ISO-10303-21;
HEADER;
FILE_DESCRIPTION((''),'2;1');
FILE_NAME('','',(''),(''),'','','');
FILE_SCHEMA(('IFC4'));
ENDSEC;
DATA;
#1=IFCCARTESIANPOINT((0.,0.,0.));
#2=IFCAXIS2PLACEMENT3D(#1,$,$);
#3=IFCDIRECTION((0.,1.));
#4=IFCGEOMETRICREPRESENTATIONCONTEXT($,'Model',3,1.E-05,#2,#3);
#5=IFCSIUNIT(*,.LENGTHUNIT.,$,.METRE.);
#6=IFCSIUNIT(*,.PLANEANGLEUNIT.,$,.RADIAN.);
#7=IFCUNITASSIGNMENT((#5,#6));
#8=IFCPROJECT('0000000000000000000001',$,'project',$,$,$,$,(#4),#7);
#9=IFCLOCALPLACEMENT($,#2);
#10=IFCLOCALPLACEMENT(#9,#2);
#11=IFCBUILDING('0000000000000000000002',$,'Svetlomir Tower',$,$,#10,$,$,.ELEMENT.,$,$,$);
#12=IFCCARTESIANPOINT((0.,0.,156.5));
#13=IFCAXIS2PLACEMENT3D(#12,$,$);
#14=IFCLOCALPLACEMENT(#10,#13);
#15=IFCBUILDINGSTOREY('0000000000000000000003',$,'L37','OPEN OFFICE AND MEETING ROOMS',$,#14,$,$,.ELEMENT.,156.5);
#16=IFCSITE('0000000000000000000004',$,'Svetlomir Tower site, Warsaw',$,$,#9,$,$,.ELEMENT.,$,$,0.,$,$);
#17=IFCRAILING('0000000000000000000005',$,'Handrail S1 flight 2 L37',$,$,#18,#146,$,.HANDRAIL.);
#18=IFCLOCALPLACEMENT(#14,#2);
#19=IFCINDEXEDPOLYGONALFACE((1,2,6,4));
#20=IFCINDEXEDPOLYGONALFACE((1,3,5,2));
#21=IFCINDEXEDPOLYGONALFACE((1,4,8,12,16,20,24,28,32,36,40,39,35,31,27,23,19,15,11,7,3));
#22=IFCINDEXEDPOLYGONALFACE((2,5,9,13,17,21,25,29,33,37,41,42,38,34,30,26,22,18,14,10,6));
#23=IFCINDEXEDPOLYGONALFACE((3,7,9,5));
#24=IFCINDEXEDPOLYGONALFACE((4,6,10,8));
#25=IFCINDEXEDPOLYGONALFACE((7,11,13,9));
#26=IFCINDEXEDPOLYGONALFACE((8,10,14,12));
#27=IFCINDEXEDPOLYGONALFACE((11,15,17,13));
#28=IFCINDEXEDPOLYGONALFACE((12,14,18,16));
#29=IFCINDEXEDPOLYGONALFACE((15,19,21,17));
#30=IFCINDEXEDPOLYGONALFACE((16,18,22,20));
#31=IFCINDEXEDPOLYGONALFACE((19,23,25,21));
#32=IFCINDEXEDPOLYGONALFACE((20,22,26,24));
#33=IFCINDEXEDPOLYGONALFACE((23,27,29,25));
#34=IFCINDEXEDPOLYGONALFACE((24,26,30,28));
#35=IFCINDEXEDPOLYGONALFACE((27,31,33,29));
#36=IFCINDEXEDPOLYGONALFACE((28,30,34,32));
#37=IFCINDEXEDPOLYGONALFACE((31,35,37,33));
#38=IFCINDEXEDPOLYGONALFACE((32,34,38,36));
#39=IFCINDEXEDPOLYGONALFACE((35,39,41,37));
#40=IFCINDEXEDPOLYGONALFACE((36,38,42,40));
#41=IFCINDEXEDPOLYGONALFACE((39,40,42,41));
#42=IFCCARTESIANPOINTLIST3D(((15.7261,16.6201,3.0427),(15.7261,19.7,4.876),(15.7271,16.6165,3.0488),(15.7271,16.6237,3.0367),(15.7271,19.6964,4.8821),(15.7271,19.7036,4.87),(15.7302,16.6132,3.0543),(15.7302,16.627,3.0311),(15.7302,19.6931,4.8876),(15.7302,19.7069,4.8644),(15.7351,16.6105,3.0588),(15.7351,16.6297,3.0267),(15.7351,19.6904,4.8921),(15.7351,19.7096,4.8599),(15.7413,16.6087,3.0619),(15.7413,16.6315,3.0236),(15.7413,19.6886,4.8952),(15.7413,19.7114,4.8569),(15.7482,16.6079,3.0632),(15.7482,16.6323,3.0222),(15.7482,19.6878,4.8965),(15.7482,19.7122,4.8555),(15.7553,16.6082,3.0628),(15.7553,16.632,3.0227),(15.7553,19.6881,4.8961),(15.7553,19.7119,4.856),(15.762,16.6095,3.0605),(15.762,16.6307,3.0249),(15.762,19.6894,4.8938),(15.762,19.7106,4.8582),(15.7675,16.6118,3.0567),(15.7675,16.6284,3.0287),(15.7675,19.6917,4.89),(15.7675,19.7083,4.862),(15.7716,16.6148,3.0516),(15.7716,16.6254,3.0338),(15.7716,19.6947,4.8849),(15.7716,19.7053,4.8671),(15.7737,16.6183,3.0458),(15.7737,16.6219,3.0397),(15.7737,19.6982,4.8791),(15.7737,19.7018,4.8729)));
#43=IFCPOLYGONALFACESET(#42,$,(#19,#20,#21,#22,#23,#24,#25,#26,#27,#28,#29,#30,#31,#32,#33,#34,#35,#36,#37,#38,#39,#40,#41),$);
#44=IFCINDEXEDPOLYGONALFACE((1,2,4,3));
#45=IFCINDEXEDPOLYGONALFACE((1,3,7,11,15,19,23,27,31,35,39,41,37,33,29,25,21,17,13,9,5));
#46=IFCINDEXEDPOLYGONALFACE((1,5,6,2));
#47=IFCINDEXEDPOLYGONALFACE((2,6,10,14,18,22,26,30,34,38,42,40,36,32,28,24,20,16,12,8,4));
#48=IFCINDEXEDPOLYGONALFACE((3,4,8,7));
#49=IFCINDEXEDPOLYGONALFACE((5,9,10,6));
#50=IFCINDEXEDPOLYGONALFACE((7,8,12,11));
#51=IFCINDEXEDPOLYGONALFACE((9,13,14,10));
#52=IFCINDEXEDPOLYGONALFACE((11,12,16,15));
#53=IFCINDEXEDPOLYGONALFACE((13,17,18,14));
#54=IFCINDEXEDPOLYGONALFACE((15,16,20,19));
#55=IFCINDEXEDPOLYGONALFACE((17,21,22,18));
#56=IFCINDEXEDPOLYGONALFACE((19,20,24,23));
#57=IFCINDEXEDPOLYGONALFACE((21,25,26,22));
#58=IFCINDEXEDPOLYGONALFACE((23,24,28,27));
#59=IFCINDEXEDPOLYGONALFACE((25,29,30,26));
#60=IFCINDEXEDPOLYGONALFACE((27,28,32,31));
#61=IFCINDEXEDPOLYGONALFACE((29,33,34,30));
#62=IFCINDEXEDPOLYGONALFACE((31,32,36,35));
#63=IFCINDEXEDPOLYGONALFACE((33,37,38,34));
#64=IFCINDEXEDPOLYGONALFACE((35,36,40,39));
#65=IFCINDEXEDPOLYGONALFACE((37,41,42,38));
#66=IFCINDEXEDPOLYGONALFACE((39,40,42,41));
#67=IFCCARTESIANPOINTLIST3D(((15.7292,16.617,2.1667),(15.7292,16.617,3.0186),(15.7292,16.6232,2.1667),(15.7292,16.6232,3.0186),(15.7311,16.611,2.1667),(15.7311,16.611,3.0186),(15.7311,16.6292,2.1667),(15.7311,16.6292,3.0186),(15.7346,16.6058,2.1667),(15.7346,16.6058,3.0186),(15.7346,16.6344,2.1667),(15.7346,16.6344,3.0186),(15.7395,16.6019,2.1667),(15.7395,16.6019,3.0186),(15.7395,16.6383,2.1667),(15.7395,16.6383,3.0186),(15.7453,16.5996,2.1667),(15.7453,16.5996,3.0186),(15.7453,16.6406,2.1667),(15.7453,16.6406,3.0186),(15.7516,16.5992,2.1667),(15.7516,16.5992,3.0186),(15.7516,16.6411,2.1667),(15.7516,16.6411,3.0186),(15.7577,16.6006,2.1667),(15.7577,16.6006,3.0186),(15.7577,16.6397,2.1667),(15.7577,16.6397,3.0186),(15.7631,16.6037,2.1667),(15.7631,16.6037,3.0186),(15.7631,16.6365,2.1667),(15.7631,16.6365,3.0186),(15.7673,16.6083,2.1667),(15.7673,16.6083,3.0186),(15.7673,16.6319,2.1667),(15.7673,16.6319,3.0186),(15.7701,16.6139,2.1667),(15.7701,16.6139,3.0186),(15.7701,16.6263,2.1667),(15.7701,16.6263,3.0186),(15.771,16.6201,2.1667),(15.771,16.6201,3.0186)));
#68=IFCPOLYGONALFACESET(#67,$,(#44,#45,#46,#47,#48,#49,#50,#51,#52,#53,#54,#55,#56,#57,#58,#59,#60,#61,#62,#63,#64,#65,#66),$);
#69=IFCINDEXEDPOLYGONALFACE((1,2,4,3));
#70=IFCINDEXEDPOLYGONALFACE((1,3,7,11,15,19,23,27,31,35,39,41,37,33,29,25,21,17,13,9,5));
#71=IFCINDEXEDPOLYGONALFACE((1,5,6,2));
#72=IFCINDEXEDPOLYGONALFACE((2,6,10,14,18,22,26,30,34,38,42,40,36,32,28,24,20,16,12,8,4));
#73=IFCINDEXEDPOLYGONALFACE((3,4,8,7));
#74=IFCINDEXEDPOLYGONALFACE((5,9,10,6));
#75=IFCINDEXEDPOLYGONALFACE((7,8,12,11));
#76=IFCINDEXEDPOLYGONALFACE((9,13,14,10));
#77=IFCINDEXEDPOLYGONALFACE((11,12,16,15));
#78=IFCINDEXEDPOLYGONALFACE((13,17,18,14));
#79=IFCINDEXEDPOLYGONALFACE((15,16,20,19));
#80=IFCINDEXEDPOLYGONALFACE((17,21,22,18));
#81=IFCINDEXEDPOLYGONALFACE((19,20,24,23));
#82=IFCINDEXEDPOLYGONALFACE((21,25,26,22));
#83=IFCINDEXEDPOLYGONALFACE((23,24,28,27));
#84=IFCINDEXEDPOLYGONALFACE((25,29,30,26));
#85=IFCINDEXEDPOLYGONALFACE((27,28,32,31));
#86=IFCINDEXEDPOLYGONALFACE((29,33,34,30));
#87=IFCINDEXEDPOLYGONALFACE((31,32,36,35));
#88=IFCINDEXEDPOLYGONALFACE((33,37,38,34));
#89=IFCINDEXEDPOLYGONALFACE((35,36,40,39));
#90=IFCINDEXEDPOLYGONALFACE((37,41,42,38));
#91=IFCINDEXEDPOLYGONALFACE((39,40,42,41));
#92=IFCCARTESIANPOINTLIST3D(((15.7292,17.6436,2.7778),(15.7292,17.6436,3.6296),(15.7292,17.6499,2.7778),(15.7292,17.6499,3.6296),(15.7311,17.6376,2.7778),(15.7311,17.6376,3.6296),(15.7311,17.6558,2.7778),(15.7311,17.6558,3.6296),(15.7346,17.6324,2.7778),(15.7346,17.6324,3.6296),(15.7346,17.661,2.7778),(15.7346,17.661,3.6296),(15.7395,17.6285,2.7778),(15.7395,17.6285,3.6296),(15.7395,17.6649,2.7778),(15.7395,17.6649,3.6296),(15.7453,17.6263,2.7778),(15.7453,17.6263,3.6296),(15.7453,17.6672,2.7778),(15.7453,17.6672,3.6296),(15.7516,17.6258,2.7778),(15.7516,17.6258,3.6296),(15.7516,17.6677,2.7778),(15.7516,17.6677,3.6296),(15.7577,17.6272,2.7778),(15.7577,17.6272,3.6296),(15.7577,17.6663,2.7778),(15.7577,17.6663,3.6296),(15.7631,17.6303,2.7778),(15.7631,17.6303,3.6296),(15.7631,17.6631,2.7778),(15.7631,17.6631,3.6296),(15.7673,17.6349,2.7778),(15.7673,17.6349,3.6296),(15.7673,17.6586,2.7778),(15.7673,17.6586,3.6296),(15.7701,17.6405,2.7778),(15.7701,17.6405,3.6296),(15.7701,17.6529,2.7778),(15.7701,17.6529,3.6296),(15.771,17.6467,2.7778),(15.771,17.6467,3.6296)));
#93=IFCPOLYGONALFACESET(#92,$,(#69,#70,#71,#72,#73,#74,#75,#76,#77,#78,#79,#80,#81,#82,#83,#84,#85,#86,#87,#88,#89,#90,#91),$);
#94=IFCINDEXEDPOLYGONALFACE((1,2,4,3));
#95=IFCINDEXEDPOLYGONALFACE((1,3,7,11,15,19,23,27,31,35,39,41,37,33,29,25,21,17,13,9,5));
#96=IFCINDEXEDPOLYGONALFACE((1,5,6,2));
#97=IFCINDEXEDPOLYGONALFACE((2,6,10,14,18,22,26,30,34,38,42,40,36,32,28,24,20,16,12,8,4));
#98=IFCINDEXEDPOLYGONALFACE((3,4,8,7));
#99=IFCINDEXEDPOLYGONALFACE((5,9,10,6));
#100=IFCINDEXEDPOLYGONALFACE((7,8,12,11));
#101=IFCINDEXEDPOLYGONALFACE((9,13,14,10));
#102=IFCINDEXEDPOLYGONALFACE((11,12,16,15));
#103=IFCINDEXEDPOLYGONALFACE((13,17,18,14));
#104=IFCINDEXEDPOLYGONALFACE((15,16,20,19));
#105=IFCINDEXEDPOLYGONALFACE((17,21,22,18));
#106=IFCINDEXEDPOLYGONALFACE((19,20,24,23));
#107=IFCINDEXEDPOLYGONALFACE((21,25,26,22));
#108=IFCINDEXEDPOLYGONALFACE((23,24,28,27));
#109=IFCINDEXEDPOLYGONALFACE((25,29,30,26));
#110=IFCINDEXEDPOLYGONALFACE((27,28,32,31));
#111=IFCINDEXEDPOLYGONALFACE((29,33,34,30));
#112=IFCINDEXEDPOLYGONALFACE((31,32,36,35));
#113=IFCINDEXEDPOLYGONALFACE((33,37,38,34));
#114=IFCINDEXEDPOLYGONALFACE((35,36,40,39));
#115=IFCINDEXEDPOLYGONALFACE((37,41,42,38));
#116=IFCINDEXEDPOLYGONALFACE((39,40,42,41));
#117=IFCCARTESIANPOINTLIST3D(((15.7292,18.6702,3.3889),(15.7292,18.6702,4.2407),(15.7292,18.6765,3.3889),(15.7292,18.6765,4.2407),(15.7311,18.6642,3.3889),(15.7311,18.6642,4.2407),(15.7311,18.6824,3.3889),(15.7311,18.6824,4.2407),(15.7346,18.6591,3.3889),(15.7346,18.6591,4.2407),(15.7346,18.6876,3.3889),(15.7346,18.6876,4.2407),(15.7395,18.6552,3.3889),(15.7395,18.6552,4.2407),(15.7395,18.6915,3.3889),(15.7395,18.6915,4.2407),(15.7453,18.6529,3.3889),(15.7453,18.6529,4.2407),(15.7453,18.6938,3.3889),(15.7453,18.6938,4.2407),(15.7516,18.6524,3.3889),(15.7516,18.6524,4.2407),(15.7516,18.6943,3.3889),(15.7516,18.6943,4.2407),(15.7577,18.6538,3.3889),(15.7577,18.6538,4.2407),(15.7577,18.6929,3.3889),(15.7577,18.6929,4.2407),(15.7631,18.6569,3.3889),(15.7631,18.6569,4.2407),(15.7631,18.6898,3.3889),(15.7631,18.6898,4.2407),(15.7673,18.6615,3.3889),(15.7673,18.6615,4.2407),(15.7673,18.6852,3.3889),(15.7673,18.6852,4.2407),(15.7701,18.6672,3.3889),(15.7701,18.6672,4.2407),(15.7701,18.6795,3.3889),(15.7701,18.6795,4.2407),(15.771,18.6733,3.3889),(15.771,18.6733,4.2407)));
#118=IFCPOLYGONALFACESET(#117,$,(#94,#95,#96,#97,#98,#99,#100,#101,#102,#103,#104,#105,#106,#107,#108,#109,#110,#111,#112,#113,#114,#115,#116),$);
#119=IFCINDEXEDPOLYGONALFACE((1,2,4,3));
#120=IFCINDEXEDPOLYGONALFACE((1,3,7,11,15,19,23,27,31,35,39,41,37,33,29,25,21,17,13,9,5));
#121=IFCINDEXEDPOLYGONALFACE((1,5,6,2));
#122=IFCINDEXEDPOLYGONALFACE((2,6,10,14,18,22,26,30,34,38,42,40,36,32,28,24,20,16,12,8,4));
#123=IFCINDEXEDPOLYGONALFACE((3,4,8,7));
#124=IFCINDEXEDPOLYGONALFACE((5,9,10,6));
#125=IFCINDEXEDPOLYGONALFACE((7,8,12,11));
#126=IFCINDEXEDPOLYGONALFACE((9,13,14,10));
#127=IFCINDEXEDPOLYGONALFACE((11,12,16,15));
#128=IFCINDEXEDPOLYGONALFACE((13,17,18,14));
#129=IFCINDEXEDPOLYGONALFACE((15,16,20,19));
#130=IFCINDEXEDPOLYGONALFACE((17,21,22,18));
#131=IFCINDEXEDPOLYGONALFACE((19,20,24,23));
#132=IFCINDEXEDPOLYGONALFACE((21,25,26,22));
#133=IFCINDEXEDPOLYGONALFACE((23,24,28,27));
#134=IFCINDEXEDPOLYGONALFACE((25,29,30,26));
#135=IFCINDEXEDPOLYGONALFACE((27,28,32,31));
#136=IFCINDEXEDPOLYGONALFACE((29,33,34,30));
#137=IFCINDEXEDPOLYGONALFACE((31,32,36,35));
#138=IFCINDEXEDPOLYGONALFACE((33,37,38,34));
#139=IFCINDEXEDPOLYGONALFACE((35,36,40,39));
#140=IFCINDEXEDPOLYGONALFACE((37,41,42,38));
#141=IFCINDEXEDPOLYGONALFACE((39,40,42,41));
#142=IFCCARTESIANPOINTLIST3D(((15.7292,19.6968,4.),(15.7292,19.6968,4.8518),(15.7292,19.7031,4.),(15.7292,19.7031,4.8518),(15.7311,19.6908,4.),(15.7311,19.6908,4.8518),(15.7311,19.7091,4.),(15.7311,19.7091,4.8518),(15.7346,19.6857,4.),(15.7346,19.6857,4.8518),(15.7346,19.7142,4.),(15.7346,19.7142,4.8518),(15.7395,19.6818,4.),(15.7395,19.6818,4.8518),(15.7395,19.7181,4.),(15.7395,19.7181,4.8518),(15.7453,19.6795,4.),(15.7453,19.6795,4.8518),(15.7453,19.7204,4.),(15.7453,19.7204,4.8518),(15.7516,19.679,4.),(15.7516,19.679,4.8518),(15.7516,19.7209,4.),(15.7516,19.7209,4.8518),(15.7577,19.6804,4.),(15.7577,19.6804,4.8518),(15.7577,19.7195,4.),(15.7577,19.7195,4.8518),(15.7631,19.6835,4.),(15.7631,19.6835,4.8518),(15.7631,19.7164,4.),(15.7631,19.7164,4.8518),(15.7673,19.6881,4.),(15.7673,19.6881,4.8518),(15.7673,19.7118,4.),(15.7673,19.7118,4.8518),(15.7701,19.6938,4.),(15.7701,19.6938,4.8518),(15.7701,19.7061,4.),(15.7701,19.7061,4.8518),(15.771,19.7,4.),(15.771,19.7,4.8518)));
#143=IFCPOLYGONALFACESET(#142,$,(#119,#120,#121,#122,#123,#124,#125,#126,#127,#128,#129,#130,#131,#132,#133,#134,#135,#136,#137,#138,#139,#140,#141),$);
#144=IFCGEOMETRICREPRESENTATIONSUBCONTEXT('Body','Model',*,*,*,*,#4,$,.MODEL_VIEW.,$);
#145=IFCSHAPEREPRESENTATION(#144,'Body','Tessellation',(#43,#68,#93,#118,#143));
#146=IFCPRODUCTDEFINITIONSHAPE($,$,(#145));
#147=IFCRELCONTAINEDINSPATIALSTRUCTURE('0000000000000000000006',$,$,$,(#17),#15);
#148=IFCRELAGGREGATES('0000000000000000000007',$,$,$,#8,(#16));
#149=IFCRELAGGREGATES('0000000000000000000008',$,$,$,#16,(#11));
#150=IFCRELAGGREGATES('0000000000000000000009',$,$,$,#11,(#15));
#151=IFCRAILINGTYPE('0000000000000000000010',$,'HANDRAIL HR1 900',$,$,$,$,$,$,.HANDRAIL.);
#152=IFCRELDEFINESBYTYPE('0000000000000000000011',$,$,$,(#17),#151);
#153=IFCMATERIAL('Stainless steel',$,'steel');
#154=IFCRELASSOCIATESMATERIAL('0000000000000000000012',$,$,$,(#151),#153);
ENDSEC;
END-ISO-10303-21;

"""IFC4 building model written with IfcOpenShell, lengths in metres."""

from ifc_helpers import new_model, si_unit, direction, frame, origin, origin_2d, place, context, subcontext, project, spatial, circle, extrude, material, type_object, element, save


model = new_model("IFC4")

# Units and contexts
model_context = context("Model", 3, precision=1e-05, world=origin(), true_north=direction((0.0, 1.0)))
body_context = subcontext(model_context, "Body", "Model", "MODEL_VIEW")
ifc_project = project(units=[si_unit("LENGTHUNIT", "METRE"), si_unit("PLANEANGLEUNIT", "RADIAN")], contexts=[model_context])

# Site, building, storey
site_placement = place(None, origin())
site = spatial("IfcSite", under=ifc_project, at=site_placement, Name="Svetlomir Tower site, Warsaw", CompositionType="ELEMENT", RefElevation=0.0)
building_placement = place(site_placement, origin())
building = spatial("IfcBuilding", under=site, at=building_placement, Name="Svetlomir Tower", CompositionType="ELEMENT")
storey_placement = place(building_placement, frame((0.0, 0.0, 156.5)))
storey = spatial("IfcBuildingStorey", under=building, at=storey_placement, Name="L37", Description="OPEN OFFICE AND MEETING ROOMS", CompositionType="ELEMENT", Elevation=156.5)

# Railing
ifc_material_1 = material(Name="Stainless steel", Category="steel")
railing_type = type_object("IfcRailingType", Name="HANDRAIL HR1 900", PredefinedType="HANDRAIL", material=ifc_material_1)
railing_placement = place(storey_placement, frame((15.75, 16.6201, 2.1667)))
element("IfcRailing", 1, at=railing_placement, inside=storey, type_object=railing_type, Name="Handrail S1 flight 2 L37", PredefinedType="HANDRAIL", context=body_context, shape_type="SweptSolid", body=[
    extrude(circle(Radius=0.0239, at=origin_2d()), frame((0.0, 0.0, 0.876), z_axis=(0.0, 0.859291, 0.511487), x_axis=(-1.0, 0.0, 0.0)), (0.0, 0.0, 1.0), 3.5842),
    extrude(circle(Radius=0.021, at=origin_2d()), origin(), (0.0, 0.0, 1.0), 0.8518),
    extrude(circle(Radius=0.021, at=origin_2d()), frame((0.0, 1.0266, 0.6111)), (0.0, 0.0, 1.0), 0.8518),
    extrude(circle(Radius=0.021, at=origin_2d()), frame((0.0, 2.0532, 1.2222)), (0.0, 0.0, 1.0), 0.8518),
    extrude(circle(Radius=0.021, at=origin_2d()), frame((0.0, 3.0798, 1.8333)), (0.0, 0.0, 1.0), 0.8518),
])

save(model, "model.ifc")
